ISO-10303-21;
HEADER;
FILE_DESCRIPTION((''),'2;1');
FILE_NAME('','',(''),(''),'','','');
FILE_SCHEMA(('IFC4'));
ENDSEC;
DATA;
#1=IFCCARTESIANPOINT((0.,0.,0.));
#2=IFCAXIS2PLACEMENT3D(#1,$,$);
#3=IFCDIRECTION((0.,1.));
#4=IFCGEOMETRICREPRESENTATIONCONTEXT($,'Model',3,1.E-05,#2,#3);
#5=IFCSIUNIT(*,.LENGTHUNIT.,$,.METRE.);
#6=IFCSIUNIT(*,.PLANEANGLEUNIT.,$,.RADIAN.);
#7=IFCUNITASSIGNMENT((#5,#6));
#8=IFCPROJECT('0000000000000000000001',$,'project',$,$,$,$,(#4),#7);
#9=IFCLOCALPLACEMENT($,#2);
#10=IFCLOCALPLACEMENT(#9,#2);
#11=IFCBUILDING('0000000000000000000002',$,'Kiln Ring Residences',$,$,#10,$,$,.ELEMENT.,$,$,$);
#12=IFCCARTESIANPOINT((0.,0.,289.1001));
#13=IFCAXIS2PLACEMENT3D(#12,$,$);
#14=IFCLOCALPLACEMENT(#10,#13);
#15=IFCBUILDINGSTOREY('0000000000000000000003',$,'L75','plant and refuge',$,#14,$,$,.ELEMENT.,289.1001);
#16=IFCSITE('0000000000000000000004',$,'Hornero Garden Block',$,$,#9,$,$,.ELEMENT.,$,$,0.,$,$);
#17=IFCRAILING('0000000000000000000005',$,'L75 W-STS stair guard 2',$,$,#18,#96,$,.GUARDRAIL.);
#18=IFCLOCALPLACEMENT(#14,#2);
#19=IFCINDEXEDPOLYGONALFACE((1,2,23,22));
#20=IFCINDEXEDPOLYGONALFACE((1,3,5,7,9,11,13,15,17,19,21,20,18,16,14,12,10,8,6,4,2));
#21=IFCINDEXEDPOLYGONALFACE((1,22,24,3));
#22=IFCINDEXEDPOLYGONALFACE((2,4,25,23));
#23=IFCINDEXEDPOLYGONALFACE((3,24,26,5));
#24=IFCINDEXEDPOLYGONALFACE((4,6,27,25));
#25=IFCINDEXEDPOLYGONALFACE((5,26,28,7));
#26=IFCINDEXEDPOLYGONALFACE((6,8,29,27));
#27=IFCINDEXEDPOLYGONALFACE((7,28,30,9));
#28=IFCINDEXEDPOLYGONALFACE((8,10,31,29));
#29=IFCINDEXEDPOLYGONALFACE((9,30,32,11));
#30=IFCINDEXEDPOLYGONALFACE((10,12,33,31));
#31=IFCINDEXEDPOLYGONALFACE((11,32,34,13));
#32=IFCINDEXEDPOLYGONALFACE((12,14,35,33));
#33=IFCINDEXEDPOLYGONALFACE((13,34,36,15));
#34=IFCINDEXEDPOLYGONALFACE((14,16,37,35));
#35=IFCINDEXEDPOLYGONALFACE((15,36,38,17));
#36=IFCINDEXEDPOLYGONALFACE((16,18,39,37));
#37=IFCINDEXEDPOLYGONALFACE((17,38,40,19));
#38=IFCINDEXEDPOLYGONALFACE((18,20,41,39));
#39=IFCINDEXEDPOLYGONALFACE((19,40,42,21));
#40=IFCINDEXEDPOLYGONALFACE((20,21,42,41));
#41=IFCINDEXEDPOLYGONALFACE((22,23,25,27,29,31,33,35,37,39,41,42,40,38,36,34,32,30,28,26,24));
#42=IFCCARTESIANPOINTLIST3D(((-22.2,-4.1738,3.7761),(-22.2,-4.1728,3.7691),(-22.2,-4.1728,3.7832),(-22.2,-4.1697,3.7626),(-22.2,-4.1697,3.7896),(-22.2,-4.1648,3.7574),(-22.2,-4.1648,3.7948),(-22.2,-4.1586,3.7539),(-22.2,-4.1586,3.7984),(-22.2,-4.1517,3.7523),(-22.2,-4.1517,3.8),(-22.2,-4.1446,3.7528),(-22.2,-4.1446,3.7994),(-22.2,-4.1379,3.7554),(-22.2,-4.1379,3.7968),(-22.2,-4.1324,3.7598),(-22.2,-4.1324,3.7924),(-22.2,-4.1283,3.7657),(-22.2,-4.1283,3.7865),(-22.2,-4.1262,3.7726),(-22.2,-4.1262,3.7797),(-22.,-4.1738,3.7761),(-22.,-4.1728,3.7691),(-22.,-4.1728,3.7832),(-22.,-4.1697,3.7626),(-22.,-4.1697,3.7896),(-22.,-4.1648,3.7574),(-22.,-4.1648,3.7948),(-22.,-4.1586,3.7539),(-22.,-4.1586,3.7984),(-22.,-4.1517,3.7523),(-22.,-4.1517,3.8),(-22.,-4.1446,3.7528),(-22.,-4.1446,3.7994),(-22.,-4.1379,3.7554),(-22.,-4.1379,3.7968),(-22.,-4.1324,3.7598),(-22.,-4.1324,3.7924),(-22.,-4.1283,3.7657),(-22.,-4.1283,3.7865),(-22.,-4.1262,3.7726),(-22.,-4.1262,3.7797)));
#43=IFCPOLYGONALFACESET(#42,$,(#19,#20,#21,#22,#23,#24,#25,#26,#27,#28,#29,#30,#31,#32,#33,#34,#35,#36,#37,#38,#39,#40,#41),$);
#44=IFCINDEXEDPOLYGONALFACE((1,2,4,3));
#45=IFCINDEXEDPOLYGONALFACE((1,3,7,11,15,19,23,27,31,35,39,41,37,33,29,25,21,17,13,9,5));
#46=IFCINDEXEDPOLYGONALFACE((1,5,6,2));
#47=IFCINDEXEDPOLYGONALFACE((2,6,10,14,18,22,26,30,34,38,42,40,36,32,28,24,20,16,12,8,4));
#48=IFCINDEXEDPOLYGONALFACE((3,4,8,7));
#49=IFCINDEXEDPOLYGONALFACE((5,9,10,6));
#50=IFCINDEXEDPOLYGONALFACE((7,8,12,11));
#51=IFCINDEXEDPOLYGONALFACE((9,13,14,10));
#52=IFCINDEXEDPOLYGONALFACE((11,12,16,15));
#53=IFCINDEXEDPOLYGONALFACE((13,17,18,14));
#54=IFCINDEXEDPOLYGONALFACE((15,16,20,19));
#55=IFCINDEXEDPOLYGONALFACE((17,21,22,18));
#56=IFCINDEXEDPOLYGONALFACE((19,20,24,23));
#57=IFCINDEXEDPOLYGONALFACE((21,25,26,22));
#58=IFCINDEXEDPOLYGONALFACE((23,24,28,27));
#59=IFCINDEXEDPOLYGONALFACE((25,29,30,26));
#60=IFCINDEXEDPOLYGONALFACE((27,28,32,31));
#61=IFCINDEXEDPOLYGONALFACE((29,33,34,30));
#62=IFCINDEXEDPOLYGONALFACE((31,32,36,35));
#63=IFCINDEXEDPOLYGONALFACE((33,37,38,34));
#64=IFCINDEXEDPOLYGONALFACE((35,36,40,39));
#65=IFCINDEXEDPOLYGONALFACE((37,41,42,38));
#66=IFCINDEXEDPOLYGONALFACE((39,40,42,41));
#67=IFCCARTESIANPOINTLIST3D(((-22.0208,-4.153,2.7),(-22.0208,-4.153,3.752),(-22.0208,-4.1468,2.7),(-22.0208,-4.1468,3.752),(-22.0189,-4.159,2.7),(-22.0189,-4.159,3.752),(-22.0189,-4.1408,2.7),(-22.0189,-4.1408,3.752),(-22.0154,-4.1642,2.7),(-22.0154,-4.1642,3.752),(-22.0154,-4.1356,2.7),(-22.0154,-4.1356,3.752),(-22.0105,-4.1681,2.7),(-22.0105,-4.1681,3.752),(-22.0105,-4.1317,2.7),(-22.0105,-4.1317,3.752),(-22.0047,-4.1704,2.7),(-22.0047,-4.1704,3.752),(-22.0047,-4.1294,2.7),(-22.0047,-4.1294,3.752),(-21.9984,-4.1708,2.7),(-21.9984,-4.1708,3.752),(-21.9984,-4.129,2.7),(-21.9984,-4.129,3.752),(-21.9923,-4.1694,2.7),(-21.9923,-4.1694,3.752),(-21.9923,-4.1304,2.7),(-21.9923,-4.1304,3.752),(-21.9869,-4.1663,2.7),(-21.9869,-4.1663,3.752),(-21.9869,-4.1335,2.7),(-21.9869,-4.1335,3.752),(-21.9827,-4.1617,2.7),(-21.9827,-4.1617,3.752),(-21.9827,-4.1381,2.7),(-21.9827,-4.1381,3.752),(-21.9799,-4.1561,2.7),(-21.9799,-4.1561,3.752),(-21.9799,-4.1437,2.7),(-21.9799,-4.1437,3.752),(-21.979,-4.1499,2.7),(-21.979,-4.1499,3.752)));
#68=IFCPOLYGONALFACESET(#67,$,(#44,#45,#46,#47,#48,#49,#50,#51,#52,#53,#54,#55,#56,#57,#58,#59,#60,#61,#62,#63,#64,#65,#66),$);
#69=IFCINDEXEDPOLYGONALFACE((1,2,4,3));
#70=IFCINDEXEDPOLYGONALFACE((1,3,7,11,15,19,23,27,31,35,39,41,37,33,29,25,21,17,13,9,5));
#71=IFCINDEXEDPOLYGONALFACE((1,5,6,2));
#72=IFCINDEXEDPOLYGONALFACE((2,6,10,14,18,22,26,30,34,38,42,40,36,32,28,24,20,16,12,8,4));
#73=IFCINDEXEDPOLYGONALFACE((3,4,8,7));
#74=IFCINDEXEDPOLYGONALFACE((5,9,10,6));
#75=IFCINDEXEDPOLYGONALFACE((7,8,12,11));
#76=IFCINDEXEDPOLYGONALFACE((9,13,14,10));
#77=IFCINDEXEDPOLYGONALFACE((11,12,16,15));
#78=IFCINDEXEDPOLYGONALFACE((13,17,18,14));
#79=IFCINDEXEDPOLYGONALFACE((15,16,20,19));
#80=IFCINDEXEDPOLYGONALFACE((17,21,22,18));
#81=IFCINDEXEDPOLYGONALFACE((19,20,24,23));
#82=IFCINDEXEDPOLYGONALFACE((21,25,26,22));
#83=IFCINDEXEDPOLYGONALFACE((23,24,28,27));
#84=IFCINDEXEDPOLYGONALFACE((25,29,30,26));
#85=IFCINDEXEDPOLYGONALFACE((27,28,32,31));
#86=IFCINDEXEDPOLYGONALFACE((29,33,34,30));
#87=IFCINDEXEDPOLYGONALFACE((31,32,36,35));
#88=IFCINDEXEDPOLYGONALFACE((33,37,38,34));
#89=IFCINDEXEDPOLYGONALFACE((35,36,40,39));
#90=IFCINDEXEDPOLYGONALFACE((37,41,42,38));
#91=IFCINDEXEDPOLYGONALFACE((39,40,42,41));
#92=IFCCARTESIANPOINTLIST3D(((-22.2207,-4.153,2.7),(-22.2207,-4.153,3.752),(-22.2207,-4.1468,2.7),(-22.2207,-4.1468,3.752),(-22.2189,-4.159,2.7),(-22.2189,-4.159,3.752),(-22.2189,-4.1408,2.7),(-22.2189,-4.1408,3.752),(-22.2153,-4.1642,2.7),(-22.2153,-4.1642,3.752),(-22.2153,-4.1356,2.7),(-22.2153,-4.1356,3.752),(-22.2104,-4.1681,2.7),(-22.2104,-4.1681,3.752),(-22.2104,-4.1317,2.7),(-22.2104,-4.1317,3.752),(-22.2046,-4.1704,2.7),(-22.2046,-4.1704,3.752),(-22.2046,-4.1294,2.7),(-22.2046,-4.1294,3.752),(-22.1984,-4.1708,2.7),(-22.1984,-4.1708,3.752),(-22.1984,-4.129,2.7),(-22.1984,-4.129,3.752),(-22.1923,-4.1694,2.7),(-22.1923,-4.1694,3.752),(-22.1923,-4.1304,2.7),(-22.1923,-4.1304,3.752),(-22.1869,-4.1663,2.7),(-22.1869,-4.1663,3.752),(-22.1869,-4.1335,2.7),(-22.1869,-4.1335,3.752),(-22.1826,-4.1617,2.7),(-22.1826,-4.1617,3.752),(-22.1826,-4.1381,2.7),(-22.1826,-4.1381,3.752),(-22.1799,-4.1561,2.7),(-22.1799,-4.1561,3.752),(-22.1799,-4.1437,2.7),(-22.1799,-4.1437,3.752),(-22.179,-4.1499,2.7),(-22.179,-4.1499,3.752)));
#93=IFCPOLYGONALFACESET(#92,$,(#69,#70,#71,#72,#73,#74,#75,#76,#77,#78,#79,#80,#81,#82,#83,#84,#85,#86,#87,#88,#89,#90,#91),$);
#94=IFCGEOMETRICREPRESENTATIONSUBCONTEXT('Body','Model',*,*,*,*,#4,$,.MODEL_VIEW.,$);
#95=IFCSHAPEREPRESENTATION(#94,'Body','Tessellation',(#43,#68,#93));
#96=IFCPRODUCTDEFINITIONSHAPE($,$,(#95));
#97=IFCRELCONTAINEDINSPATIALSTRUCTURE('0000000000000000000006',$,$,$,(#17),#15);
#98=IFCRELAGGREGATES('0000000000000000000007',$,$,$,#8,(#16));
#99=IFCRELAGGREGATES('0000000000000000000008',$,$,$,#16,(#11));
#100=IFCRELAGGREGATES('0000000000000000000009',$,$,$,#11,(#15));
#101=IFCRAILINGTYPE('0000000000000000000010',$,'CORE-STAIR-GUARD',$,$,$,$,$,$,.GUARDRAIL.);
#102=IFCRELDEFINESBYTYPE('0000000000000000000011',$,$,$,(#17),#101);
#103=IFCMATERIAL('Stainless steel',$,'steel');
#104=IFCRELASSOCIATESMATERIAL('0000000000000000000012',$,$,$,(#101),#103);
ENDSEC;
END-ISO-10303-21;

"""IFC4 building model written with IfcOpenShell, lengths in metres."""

from ifc_helpers import new_model, si_unit, direction, frame, origin, origin_2d, place, context, subcontext, project, spatial, circle, extrude, material, type_object, element, save


model = new_model("IFC4")

# Units and contexts
model_context = context("Model", 3, precision=1e-05, world=origin(), true_north=direction((0.0, 1.0)))
body_context = subcontext(model_context, "Body", "Model", "MODEL_VIEW")
ifc_project = project(units=[si_unit("LENGTHUNIT", "METRE"), si_unit("PLANEANGLEUNIT", "RADIAN")], contexts=[model_context])

# Site, building, storey
site_placement = place(None, origin())
site = spatial("IfcSite", under=ifc_project, at=site_placement, Name="Hornero Garden Block", CompositionType="ELEMENT", RefElevation=0.0)
building_placement = place(site_placement, origin())
building = spatial("IfcBuilding", under=site, at=building_placement, Name="Kiln Ring Residences", CompositionType="ELEMENT")
storey_placement = place(building_placement, frame((0.0, 0.0, 289.1001)))
storey = spatial("IfcBuildingStorey", under=building, at=storey_placement, Name="L75", Description="plant and refuge", CompositionType="ELEMENT", Elevation=289.1001)

# Railing
ifc_material_1 = material(Name="Stainless steel", Category="steel")
railing_type_1 = type_object("IfcRailingType", Name="CORE-STAIR-GUARD", PredefinedType="GUARDRAIL", material=ifc_material_1)
railing_1_placement = place(storey_placement, frame((-22.0, -4.1499, 2.7)))
element("IfcRailing", 1, at=railing_1_placement, inside=storey, type_object=railing_type_1, Name="L75 W-STS stair guard 2", PredefinedType="GUARDRAIL", context=body_context, shape_type="SweptSolid", body=[
    extrude(circle(Radius=0.0239, at=origin_2d()), frame((0.0, 0.0, 1.0762), z_axis=(-1.0, 0.0, 0.0), x_axis=(0.0, -1.0, 0.0)), (0.0, 0.0, 1.0), 0.2),
    extrude(circle(Radius=0.021, at=origin_2d()), origin(), (0.0, 0.0, 1.0), 1.052),
    extrude(circle(Radius=0.021, at=origin_2d()), frame((-0.2, 0.0, 0.0)), (0.0, 0.0, 1.0), 1.052),
])

save(model, "model.ifc")
